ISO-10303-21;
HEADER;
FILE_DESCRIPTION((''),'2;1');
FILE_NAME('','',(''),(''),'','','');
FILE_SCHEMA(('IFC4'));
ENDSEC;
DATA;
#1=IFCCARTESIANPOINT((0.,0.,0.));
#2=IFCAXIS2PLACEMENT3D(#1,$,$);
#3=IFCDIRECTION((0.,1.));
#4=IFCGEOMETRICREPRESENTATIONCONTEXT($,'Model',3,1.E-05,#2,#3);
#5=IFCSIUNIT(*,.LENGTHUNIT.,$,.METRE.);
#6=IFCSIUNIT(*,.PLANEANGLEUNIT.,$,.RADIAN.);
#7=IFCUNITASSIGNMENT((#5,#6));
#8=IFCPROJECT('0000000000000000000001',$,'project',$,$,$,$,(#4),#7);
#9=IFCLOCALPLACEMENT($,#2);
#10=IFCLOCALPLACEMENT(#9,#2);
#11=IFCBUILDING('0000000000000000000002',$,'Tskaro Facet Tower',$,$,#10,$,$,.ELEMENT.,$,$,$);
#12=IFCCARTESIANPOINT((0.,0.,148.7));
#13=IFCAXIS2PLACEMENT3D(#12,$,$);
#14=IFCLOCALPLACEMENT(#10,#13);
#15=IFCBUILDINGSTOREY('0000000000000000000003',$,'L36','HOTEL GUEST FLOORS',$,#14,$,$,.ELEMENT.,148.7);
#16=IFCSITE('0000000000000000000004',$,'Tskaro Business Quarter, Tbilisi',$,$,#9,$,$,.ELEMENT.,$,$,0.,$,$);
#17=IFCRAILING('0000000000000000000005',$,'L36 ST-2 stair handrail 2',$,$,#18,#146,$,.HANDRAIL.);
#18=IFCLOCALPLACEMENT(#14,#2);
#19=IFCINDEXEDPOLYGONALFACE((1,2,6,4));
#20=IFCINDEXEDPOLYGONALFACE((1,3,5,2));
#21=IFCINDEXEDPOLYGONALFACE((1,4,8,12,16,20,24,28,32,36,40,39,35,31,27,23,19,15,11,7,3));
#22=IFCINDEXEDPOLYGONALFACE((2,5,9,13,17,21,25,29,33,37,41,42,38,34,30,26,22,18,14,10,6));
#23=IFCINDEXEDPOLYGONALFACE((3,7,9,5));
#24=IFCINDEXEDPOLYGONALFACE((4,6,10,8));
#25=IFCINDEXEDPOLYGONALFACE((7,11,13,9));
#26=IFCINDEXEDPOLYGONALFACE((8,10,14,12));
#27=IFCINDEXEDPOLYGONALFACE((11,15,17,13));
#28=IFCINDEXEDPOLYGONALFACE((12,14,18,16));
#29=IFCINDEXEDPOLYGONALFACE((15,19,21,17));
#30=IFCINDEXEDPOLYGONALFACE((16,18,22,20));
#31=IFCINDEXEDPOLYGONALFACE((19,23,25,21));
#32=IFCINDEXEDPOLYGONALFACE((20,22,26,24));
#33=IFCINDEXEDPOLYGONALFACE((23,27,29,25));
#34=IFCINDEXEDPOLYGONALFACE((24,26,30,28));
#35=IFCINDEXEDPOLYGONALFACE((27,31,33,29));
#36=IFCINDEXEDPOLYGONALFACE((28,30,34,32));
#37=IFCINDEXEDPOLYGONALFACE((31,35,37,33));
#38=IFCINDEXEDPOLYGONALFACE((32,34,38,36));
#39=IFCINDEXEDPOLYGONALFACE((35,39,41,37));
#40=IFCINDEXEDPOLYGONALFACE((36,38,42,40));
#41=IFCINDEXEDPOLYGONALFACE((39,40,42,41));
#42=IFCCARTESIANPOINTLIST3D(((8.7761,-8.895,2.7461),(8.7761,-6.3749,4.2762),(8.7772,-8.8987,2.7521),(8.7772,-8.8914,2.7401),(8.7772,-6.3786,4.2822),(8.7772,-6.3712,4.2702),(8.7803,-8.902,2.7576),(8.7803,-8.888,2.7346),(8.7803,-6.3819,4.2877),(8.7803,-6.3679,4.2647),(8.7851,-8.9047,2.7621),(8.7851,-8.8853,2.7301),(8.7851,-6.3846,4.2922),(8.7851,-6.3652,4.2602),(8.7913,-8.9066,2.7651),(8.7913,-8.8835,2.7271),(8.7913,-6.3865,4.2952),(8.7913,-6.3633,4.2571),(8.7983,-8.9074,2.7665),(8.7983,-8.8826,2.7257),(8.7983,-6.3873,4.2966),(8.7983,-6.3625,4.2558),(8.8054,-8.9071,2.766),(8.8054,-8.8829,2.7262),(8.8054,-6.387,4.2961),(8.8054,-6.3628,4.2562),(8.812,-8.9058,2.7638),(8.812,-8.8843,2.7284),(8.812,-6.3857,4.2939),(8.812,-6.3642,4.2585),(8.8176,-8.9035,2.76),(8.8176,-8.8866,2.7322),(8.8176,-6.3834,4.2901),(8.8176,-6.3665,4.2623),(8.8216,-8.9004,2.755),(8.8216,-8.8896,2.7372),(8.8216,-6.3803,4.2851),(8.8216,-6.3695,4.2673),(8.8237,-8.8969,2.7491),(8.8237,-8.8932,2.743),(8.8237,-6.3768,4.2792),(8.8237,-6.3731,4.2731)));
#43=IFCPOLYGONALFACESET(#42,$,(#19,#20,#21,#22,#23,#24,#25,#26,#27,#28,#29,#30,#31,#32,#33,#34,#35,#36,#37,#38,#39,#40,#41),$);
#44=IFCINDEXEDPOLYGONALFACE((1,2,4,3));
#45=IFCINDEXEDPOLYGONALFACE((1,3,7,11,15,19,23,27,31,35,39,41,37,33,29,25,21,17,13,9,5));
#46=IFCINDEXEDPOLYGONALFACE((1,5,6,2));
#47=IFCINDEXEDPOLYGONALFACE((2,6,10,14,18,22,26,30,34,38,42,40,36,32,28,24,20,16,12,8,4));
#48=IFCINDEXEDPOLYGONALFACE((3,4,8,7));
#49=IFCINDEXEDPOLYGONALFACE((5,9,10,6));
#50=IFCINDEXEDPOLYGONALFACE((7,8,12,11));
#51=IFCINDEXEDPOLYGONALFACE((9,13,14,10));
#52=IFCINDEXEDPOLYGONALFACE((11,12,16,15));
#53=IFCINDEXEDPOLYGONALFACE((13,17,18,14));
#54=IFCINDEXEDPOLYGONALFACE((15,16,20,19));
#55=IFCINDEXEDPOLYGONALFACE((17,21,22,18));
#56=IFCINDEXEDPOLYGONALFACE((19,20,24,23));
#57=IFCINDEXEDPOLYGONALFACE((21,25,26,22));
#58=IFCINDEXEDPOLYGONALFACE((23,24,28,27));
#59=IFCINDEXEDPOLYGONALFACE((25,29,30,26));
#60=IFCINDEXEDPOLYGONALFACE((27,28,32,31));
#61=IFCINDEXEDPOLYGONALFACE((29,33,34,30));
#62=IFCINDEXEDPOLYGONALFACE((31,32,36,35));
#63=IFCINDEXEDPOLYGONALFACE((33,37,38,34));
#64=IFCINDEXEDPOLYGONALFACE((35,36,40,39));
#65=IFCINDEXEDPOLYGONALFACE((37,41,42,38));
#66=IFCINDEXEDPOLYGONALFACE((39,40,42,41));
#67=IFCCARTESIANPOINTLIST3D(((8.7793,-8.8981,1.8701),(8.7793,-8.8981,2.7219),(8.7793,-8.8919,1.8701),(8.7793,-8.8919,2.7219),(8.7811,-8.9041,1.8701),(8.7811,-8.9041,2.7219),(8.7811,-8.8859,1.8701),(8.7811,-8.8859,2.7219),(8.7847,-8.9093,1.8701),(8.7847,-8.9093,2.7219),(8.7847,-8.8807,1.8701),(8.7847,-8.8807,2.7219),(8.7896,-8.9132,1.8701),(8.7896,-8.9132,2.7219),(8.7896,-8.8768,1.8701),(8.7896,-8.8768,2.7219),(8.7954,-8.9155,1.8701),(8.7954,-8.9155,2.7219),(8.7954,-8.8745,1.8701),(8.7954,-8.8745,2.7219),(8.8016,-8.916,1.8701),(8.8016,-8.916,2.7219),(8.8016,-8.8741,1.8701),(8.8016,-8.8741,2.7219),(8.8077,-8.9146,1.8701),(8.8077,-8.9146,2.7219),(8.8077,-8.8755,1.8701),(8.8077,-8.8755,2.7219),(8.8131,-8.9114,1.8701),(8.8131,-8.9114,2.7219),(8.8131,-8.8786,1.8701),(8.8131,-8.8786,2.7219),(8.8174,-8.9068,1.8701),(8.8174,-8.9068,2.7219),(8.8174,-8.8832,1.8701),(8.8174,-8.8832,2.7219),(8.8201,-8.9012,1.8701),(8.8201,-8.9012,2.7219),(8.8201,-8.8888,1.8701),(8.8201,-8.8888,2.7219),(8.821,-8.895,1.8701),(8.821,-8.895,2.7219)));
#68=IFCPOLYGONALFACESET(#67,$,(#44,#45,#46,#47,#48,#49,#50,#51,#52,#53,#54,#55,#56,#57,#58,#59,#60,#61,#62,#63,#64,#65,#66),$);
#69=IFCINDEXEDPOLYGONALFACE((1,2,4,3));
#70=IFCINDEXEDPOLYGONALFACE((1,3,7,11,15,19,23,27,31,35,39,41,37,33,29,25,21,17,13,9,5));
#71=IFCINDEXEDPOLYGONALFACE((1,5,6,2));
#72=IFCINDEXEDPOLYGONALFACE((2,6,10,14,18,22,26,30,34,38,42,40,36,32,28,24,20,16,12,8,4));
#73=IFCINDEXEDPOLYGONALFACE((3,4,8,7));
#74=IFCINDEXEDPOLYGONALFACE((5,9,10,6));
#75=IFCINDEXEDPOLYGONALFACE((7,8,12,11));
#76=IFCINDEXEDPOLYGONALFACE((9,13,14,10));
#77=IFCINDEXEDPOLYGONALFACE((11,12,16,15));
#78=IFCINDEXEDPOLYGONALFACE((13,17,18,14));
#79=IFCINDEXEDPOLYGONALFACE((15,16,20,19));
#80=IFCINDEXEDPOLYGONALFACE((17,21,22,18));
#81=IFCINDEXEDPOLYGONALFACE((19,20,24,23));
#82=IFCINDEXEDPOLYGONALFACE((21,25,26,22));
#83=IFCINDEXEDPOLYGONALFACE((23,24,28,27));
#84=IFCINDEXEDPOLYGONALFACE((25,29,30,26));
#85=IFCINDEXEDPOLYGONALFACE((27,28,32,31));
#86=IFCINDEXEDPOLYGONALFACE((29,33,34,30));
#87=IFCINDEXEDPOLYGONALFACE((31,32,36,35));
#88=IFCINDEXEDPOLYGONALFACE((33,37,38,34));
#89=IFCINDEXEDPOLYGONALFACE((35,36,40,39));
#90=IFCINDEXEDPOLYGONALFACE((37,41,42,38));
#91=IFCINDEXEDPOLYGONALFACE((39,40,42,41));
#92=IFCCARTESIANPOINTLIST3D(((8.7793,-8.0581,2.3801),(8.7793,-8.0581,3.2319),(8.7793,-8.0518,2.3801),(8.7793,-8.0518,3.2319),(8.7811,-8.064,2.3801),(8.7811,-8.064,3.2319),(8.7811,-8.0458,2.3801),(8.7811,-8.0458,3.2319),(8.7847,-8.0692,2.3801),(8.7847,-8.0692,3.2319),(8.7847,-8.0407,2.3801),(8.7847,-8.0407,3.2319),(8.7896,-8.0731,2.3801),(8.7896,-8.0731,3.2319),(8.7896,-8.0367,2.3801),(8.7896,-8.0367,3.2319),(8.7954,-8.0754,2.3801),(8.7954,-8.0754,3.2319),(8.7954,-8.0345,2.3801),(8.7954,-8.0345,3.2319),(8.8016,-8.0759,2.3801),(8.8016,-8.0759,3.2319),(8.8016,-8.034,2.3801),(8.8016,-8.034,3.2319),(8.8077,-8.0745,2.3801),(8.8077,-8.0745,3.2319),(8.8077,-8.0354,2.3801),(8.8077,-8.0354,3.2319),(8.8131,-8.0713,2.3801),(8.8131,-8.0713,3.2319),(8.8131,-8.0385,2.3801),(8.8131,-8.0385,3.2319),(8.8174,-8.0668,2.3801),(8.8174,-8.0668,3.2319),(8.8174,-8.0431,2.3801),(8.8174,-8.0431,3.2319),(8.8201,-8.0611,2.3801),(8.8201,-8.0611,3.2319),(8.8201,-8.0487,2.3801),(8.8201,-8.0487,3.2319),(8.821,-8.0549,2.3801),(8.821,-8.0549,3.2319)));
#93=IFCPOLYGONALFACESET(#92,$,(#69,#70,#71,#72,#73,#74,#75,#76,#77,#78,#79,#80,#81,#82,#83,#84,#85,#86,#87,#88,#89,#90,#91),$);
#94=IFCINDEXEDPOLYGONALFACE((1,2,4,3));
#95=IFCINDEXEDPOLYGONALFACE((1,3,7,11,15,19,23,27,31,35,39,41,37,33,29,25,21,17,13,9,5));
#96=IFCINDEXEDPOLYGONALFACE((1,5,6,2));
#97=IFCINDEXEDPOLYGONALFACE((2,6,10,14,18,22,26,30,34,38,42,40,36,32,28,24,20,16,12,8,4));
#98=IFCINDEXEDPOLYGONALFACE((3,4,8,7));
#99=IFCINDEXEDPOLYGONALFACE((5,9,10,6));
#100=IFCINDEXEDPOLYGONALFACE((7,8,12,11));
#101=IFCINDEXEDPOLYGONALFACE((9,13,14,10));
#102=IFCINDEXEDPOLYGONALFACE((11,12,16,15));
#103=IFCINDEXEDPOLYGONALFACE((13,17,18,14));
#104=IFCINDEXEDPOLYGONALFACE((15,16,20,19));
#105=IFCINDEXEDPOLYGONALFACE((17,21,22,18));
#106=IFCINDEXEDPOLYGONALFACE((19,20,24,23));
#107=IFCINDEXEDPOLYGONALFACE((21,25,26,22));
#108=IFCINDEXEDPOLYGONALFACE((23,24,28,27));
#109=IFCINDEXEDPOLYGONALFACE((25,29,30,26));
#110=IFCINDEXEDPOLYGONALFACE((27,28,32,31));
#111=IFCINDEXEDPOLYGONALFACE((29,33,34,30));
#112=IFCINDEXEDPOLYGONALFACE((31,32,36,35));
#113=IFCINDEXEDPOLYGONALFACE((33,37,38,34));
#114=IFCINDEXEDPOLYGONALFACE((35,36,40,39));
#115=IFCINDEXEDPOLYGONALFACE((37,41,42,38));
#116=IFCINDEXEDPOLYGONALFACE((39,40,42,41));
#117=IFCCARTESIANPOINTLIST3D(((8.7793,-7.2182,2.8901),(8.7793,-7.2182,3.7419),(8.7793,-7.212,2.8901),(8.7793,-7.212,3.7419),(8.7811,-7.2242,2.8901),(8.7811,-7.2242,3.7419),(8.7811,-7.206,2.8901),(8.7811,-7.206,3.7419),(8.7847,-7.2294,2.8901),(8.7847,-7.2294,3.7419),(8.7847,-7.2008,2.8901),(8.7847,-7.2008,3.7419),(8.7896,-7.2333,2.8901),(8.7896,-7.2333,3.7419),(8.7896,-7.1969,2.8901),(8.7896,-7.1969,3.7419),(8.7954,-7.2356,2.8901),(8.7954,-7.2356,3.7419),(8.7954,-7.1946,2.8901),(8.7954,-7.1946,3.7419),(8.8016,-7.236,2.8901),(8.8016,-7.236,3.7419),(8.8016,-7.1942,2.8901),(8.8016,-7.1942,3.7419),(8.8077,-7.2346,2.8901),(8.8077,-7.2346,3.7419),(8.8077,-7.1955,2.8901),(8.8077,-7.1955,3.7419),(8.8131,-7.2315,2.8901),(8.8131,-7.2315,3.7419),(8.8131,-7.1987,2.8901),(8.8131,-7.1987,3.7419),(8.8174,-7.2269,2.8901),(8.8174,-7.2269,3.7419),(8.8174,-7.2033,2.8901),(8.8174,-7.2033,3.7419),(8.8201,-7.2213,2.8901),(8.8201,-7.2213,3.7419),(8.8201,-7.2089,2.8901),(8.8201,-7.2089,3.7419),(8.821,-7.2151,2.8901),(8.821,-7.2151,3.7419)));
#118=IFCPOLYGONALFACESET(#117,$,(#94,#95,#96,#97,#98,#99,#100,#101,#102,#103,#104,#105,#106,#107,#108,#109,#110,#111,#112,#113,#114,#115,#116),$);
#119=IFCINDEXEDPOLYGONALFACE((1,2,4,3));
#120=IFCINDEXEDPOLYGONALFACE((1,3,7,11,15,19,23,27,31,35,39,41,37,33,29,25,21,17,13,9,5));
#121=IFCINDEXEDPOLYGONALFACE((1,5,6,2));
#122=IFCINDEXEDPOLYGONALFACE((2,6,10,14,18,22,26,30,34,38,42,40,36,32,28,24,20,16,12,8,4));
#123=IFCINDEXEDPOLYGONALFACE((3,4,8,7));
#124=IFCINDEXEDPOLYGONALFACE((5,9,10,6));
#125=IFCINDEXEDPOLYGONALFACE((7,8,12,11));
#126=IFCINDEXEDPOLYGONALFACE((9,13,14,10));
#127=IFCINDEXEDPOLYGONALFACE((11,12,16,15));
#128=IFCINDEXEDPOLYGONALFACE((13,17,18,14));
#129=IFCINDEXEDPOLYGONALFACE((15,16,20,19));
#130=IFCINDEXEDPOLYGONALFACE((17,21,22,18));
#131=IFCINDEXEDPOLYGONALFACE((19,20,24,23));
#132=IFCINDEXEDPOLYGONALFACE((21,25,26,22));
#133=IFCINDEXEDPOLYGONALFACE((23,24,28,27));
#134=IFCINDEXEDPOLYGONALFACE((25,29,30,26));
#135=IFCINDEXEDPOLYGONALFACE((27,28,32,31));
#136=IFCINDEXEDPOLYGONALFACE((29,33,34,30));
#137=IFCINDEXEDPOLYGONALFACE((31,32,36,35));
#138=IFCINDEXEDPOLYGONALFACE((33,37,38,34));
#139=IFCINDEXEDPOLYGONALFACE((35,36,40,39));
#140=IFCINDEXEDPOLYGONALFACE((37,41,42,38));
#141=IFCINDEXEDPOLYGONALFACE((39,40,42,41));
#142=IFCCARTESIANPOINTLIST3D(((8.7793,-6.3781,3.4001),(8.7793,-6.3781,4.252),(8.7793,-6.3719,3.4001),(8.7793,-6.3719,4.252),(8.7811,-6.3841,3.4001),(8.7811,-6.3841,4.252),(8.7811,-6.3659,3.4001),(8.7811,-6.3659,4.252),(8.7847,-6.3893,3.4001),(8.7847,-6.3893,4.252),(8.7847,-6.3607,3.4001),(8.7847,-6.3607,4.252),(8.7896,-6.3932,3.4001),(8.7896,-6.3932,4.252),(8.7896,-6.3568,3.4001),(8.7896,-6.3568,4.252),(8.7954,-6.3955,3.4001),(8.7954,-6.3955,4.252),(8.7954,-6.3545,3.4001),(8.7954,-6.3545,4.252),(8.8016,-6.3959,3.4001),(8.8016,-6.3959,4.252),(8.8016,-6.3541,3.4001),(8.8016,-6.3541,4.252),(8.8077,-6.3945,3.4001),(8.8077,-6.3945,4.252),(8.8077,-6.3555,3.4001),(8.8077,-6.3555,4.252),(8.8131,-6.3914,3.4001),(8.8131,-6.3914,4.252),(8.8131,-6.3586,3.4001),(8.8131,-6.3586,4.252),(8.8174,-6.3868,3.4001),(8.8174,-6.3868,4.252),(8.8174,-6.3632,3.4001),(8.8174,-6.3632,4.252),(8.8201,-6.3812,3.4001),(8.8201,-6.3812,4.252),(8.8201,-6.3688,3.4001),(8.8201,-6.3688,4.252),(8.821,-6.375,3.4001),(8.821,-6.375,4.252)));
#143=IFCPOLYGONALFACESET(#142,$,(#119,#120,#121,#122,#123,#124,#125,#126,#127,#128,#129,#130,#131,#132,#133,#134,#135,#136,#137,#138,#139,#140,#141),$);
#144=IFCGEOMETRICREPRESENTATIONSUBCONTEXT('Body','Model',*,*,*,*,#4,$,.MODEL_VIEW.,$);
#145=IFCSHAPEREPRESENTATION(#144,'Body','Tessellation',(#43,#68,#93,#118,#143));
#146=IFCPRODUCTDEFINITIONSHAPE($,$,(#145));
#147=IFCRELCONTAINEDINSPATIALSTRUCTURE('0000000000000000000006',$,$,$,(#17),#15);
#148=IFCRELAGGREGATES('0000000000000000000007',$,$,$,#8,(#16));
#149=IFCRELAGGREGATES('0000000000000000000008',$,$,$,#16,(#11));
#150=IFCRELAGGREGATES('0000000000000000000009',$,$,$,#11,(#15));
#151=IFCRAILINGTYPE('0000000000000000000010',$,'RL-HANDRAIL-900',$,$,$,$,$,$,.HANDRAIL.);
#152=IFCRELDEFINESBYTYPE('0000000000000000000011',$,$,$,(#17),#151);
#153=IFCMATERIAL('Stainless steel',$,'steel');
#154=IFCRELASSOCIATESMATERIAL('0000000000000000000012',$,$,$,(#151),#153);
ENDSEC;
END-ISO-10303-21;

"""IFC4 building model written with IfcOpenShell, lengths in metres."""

from ifc_helpers import new_model, si_unit, direction, frame, origin, origin_2d, place, context, subcontext, project, spatial, circle, extrude, material, type_object, element, save


model = new_model("IFC4")

# Units and contexts
model_context = context("Model", 3, precision=1e-05, world=origin(), true_north=direction((0.0, 1.0)))
body_context = subcontext(model_context, "Body", "Model", "MODEL_VIEW")
ifc_project = project(units=[si_unit("LENGTHUNIT", "METRE"), si_unit("PLANEANGLEUNIT", "RADIAN")], contexts=[model_context])

# Site, building, storey
site_placement = place(None, origin())
site = spatial("IfcSite", under=ifc_project, at=site_placement, Name="Tskaro Business Quarter, Tbilisi", CompositionType="ELEMENT", RefElevation=0.0)
building_placement = place(site_placement, origin())
building = spatial("IfcBuilding", under=site, at=building_placement, Name="Tskaro Facet Tower", CompositionType="ELEMENT")
storey_placement = place(building_placement, frame((0.0, 0.0, 148.7)))
storey = spatial("IfcBuildingStorey", under=building, at=storey_placement, Name="L36", Description="HOTEL GUEST FLOORS", CompositionType="ELEMENT", Elevation=148.7)

# Railing
ifc_material_1 = material(Name="Stainless steel", Category="steel")
railing_type_1 = type_object("IfcRailingType", Name="RL-HANDRAIL-900", PredefinedType="HANDRAIL", material=ifc_material_1)
railing_1_placement = place(storey_placement, frame((8.8, -8.895, 1.8701)))
element("IfcRailing", 1, at=railing_1_placement, inside=storey, type_object=railing_type_1, Name="L36 ST-2 stair handrail 2", PredefinedType="HANDRAIL", context=body_context, shape_type="SweptSolid", body=[
    extrude(circle(Radius=0.0239, at=origin_2d()), frame((0.0, 0.0, 0.876), z_axis=(0.0, 0.854785, 0.518982), x_axis=(-1.0, 0.0, 0.0)), (0.0, 0.0, 1.0), 2.9482),
    extrude(circle(Radius=0.021, at=origin_2d()), origin(), (0.0, 0.0, 1.0), 0.8518),
    extrude(circle(Radius=0.021, at=origin_2d()), frame((0.0, 0.8401, 0.51)), (0.0, 0.0, 1.0), 0.8518),
    extrude(circle(Radius=0.021, at=origin_2d()), frame((0.0, 1.6799, 1.02)), (0.0, 0.0, 1.0), 0.8518),
    extrude(circle(Radius=0.021, at=origin_2d()), frame((0.0, 2.52, 1.53)), (0.0, 0.0, 1.0), 0.8518),
])

save(model, "model.ifc")
